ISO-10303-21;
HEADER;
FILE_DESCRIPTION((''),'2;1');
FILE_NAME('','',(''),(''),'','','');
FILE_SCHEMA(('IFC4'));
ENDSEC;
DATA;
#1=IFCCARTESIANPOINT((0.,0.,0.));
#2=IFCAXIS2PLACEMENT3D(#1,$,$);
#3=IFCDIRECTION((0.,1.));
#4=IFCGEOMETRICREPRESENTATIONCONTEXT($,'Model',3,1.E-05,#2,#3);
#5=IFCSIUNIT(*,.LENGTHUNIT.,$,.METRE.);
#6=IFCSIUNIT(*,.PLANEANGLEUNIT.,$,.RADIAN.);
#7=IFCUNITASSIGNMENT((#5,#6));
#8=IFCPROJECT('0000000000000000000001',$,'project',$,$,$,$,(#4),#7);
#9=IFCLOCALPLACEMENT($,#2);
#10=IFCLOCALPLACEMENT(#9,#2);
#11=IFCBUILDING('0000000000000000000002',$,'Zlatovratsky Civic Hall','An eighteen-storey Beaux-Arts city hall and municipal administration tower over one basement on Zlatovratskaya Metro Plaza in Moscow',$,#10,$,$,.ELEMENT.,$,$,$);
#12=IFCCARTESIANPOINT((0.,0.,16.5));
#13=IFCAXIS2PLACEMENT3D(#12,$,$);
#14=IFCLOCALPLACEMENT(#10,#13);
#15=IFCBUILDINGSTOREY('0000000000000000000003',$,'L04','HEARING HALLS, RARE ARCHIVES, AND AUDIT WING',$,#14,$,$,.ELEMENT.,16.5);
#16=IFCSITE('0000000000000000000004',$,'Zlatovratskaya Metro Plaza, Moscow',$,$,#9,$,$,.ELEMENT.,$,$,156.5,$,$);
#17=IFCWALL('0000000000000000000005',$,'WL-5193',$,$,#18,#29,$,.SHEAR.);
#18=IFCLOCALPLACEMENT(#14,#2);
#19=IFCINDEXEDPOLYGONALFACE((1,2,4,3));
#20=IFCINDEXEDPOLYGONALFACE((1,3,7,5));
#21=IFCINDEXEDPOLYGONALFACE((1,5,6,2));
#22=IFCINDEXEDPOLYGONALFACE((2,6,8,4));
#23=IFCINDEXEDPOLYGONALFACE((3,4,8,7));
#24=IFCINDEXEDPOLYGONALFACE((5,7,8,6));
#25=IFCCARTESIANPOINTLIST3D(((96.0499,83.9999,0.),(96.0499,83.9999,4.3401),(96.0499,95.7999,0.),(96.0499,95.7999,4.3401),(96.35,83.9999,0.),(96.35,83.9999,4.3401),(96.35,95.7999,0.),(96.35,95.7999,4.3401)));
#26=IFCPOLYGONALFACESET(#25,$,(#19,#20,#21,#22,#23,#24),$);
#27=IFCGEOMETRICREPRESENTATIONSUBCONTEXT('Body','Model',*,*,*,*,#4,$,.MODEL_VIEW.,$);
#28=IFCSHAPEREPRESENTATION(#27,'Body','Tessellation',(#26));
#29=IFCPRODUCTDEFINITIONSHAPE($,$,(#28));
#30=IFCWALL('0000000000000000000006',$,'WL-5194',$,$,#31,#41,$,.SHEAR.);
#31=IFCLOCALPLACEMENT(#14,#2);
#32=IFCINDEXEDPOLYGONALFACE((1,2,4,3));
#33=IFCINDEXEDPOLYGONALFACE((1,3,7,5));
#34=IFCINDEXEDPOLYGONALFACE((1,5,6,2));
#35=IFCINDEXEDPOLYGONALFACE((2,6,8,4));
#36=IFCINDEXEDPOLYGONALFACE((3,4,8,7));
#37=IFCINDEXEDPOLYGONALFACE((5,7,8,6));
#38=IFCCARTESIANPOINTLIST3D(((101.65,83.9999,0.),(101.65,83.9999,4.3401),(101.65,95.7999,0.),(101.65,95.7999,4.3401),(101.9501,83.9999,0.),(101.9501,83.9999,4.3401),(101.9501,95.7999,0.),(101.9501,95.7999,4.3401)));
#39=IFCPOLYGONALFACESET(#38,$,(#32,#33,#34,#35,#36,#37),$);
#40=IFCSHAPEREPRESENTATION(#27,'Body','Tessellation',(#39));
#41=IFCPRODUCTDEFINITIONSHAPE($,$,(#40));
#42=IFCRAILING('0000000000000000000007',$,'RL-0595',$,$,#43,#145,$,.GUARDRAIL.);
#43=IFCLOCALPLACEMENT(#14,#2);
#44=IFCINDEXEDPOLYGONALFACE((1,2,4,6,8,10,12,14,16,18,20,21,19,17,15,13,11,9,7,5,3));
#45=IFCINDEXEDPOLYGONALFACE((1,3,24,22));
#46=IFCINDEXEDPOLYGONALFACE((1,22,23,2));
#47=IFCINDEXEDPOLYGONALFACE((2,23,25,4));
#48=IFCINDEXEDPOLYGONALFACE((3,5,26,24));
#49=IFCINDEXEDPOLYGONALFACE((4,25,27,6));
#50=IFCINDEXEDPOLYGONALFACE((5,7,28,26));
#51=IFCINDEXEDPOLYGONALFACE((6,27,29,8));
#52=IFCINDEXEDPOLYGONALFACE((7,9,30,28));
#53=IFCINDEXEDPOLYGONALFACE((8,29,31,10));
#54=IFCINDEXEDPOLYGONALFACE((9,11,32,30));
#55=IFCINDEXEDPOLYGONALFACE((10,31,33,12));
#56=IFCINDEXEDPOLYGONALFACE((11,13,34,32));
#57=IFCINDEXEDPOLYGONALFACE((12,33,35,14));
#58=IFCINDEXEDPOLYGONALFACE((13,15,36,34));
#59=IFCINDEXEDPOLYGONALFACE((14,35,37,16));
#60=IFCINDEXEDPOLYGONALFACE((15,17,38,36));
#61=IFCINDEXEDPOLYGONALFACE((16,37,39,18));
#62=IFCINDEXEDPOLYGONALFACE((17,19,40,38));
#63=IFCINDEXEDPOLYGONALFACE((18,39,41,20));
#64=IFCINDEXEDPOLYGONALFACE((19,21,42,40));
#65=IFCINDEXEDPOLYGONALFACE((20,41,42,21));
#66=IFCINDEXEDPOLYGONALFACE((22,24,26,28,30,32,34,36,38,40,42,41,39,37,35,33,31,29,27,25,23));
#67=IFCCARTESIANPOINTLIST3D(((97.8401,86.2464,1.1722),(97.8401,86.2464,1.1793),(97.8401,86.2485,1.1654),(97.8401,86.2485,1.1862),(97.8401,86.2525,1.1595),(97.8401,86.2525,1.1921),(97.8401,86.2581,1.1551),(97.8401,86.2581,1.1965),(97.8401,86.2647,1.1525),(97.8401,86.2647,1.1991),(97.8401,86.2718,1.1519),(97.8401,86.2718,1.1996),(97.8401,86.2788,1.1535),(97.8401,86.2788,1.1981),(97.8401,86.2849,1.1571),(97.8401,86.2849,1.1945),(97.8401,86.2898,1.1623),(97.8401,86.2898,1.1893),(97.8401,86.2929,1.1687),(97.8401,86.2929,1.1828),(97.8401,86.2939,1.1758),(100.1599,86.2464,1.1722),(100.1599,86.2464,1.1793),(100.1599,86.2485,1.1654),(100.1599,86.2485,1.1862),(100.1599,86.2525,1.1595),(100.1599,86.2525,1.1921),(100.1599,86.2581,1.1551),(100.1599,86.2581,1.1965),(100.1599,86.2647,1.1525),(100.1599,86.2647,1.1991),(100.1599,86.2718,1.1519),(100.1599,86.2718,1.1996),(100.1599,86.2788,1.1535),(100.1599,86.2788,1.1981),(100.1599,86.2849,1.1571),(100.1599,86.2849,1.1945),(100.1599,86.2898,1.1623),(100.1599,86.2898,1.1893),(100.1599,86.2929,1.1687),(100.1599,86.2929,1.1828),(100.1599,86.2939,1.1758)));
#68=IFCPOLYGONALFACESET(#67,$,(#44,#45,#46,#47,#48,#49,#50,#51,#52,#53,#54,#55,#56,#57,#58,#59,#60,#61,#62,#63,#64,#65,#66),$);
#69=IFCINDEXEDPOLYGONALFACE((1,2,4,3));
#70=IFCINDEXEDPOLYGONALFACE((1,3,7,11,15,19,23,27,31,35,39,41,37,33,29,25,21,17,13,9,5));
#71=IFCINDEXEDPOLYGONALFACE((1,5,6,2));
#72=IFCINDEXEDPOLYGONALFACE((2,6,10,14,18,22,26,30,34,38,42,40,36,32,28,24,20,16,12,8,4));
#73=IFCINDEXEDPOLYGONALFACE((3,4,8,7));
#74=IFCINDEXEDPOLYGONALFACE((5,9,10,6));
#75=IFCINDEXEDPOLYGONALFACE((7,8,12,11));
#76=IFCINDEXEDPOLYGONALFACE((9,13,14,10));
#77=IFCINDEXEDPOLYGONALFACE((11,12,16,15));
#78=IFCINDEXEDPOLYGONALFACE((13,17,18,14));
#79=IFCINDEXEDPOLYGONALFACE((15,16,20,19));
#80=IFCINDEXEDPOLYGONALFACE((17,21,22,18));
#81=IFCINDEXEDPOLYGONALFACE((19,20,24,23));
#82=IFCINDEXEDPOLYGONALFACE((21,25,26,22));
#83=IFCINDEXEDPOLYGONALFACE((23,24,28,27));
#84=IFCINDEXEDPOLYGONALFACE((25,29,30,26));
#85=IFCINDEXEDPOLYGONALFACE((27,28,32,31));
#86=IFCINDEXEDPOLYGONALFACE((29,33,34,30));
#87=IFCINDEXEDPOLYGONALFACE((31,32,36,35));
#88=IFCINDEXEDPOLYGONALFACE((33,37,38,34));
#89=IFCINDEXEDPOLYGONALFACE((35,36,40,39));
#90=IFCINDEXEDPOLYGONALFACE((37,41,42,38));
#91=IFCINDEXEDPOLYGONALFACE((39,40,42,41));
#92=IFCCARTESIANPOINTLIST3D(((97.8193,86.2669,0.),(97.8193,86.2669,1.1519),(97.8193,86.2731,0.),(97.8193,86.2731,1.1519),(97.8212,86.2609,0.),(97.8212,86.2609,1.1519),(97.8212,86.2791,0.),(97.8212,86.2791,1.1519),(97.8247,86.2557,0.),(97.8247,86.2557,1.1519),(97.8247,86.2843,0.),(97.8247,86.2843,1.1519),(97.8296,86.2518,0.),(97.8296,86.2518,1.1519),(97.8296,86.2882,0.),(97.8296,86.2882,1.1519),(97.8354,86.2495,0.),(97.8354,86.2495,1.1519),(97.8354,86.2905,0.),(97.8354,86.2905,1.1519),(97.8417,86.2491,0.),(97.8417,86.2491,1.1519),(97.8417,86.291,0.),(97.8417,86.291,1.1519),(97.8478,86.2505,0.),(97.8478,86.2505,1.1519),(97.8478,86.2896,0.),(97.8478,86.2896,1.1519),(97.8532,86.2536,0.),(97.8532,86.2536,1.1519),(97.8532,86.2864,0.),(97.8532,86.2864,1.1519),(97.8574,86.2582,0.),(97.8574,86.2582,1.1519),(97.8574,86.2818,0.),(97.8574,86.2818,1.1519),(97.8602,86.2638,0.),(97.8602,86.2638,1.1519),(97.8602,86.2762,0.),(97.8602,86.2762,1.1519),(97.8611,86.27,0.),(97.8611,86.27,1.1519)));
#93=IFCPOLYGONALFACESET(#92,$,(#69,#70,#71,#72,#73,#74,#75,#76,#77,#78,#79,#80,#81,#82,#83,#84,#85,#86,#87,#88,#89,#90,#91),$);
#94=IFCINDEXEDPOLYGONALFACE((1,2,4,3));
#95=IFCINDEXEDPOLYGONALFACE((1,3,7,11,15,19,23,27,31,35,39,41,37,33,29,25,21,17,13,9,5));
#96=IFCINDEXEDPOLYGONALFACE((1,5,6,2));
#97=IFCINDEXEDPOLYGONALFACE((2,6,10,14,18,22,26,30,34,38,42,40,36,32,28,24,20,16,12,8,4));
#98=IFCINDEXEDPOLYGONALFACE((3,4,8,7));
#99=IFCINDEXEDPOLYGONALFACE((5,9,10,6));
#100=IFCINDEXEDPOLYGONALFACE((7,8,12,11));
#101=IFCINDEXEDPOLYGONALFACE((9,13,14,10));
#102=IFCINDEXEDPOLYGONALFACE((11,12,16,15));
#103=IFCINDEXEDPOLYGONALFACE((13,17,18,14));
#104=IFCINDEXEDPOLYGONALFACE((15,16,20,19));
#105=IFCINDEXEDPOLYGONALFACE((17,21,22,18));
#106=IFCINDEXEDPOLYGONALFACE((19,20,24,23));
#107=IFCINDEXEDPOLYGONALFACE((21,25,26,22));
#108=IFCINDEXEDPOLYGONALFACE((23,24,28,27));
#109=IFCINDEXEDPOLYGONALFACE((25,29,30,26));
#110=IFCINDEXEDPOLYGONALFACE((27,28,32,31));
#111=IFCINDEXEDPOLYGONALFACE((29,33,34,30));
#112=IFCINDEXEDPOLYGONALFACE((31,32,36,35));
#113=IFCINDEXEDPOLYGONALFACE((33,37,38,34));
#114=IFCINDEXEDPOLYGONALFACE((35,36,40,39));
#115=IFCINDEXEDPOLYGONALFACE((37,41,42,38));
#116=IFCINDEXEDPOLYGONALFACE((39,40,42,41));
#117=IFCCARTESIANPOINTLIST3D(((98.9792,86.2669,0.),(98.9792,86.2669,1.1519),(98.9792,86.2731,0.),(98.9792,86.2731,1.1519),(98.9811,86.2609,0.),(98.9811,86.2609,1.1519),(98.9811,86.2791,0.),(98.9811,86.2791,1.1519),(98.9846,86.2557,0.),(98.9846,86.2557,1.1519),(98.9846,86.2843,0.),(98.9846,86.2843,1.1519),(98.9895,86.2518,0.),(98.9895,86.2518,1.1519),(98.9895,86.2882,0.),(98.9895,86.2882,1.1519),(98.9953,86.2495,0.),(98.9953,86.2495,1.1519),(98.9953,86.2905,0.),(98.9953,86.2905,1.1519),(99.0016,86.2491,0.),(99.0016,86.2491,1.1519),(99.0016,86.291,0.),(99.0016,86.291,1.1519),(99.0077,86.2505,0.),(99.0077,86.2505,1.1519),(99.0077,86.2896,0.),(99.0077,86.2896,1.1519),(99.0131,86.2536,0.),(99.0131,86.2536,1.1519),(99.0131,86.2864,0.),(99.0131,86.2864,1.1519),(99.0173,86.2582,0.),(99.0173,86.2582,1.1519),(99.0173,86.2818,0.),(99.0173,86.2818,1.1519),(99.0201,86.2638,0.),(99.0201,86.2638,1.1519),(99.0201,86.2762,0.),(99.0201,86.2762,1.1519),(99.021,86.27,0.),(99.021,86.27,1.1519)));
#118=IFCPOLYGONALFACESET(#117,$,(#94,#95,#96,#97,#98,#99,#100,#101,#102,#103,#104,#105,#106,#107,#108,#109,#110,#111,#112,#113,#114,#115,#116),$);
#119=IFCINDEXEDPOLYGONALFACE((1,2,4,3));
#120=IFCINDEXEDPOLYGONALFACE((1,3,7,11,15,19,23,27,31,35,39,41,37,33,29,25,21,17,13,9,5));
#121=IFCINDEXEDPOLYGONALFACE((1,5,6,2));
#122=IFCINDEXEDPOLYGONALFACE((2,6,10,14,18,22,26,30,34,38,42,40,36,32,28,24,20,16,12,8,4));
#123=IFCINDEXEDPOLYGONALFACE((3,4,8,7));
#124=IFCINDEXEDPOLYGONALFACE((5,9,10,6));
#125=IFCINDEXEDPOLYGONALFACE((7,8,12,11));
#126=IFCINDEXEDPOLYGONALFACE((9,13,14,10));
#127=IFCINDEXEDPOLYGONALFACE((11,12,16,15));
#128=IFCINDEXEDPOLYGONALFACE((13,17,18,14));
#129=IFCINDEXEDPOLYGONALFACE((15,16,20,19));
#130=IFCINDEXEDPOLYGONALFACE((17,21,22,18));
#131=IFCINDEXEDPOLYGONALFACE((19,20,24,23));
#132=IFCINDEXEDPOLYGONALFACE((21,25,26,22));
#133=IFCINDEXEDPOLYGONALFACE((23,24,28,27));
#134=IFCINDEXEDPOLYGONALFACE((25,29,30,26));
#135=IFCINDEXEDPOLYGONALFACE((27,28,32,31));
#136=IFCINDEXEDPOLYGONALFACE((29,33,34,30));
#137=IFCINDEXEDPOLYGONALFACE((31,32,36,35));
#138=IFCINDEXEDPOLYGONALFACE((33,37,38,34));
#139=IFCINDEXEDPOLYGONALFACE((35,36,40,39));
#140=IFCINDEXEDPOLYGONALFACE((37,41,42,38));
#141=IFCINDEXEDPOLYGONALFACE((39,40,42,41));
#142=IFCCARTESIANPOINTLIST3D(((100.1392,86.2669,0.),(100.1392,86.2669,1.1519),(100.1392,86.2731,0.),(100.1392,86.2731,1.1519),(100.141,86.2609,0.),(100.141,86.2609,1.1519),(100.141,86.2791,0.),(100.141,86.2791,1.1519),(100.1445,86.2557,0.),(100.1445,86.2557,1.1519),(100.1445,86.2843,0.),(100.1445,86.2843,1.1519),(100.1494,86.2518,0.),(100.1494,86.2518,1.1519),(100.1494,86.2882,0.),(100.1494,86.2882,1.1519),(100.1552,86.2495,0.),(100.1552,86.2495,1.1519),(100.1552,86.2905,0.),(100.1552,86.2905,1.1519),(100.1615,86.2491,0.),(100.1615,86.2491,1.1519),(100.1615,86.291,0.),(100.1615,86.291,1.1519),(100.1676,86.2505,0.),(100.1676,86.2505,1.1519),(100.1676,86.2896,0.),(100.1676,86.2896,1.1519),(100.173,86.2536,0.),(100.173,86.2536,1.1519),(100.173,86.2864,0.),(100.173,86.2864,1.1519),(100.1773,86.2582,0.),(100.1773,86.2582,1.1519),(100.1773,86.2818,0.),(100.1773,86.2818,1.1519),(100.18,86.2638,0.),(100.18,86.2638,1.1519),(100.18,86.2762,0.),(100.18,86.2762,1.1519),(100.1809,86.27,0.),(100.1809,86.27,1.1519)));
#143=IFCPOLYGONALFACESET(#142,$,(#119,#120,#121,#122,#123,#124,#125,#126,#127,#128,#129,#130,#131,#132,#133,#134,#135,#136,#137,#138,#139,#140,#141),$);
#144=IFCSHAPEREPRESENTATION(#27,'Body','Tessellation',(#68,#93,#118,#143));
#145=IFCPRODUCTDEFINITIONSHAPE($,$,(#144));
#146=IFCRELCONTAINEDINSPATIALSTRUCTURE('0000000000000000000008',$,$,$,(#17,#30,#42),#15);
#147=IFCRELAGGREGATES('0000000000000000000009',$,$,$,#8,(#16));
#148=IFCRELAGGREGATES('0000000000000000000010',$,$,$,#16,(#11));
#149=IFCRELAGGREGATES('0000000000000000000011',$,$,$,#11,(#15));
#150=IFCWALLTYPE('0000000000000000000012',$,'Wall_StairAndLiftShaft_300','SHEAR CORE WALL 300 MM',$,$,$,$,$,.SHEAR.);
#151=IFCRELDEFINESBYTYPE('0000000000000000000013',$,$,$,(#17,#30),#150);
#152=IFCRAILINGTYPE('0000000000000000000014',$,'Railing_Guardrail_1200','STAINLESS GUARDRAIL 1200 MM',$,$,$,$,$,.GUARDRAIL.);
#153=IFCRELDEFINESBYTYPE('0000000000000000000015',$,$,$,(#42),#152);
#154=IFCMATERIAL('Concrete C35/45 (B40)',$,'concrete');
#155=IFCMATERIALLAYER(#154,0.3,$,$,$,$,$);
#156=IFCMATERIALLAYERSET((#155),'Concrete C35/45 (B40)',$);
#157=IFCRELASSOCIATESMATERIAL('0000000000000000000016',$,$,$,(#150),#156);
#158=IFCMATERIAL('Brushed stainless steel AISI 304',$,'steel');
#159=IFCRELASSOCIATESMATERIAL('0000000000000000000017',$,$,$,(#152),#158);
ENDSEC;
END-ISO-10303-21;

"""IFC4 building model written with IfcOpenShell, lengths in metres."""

from ifc_helpers import new_model, si_unit, direction, frame, frame_2d, origin, origin_2d, place, context, subcontext, project, spatial, rectangle, circle, extrude, material, layer, layer_set, type_object, element, save


model = new_model("IFC4")

# Units and contexts
model_context = context("Model", 3, precision=1e-05, world=origin(), true_north=direction((0.0, 1.0)))
body_context = subcontext(model_context, "Body", "Model", "MODEL_VIEW")
ifc_project = project(units=[si_unit("LENGTHUNIT", "METRE"), si_unit("PLANEANGLEUNIT", "RADIAN")], contexts=[model_context])

# Site, building, storey
site_placement = place(None, origin())
site = spatial("IfcSite", under=ifc_project, at=site_placement, Name="Zlatovratskaya Metro Plaza, Moscow", CompositionType="ELEMENT", RefElevation=156.5)
building_placement = place(site_placement, origin())
building = spatial("IfcBuilding", under=site, at=building_placement, Name="Zlatovratsky Civic Hall", Description="An eighteen-storey Beaux-Arts city hall and municipal administration tower over one basement on Zlatovratskaya Metro Plaza in Moscow", CompositionType="ELEMENT")
storey_placement = place(building_placement, frame((0.0, 0.0, 16.5)))
storey = spatial("IfcBuildingStorey", under=building, at=storey_placement, Name="L04", Description="HEARING HALLS, RARE ARCHIVES, AND AUDIT WING", CompositionType="ELEMENT", Elevation=16.5)

# Shared definitions
ifc_material_1 = material(Name="Concrete C35/45 (B40)", Category="concrete")

# Shared definitions
ifc_layer_1 = layer(ifc_material_1, 0.3)
ifc_layer_set_1 = layer_set([ifc_layer_1], Name="Concrete C35/45 (B40)")
wall_type_1 = type_object("IfcWallType", Name="Wall_StairAndLiftShaft_300", Description="SHEAR CORE WALL 300 MM", PredefinedType="SHEAR", material=ifc_layer_set_1)

# Walls
for number, where, z_axis, x_axis, name in (
    (1, (96.2, 84.0, 0.0), (0.0, 0.0, 1.0), (0.0, 1.0, 0.0), "WL-5193"),
    (2, (101.8, 84.0, 0.0), (0.0, 0.0, 1.0), (0.0, 1.0, 0.0), "WL-5194"),
):
    element("IfcWall", number, at=place(storey_placement, frame(where, z_axis=z_axis, x_axis=x_axis)), inside=storey, type_object=wall_type_1, Name=name, PredefinedType="SHEAR", context=body_context, shape_type="SweptSolid", body=[
        extrude(rectangle(XDim=11.8, YDim=0.3, at=frame_2d((5.8999, 0.0))), origin(), (0.0, 0.0, 1.0), 4.3401),
    ])

# Railing
ifc_material_2 = material(Name="Brushed stainless steel AISI 304", Category="steel")
railing_type = type_object("IfcRailingType", Name="Railing_Guardrail_1200", Description="STAINLESS GUARDRAIL 1200 MM", PredefinedType="GUARDRAIL", material=ifc_material_2)
railing_placement = place(storey_placement, frame((97.8401, 86.27, 0.0)))
element("IfcRailing", 3, at=railing_placement, inside=storey, type_object=railing_type, Name="RL-0595", PredefinedType="GUARDRAIL", context=body_context, shape_type="SweptSolid", body=[
    extrude(circle(Radius=0.0239, at=origin_2d()), frame((0.0, 0.0, 1.1758), z_axis=(1.0, 0.0, 0.0), x_axis=(0.0, 1.0, 0.0)), (0.0, 0.0, 1.0), 2.3198),
    extrude(circle(Radius=0.021, at=origin_2d()), origin(), (0.0, 0.0, 1.0), 1.1519),
    extrude(circle(Radius=0.021, at=origin_2d()), frame((1.1599, 0.0, 0.0)), (0.0, 0.0, 1.0), 1.1519),
    extrude(circle(Radius=0.021, at=origin_2d()), frame((2.3198, 0.0, 0.0)), (0.0, 0.0, 1.0), 1.1519),
])

save(model, "model.ifc")
